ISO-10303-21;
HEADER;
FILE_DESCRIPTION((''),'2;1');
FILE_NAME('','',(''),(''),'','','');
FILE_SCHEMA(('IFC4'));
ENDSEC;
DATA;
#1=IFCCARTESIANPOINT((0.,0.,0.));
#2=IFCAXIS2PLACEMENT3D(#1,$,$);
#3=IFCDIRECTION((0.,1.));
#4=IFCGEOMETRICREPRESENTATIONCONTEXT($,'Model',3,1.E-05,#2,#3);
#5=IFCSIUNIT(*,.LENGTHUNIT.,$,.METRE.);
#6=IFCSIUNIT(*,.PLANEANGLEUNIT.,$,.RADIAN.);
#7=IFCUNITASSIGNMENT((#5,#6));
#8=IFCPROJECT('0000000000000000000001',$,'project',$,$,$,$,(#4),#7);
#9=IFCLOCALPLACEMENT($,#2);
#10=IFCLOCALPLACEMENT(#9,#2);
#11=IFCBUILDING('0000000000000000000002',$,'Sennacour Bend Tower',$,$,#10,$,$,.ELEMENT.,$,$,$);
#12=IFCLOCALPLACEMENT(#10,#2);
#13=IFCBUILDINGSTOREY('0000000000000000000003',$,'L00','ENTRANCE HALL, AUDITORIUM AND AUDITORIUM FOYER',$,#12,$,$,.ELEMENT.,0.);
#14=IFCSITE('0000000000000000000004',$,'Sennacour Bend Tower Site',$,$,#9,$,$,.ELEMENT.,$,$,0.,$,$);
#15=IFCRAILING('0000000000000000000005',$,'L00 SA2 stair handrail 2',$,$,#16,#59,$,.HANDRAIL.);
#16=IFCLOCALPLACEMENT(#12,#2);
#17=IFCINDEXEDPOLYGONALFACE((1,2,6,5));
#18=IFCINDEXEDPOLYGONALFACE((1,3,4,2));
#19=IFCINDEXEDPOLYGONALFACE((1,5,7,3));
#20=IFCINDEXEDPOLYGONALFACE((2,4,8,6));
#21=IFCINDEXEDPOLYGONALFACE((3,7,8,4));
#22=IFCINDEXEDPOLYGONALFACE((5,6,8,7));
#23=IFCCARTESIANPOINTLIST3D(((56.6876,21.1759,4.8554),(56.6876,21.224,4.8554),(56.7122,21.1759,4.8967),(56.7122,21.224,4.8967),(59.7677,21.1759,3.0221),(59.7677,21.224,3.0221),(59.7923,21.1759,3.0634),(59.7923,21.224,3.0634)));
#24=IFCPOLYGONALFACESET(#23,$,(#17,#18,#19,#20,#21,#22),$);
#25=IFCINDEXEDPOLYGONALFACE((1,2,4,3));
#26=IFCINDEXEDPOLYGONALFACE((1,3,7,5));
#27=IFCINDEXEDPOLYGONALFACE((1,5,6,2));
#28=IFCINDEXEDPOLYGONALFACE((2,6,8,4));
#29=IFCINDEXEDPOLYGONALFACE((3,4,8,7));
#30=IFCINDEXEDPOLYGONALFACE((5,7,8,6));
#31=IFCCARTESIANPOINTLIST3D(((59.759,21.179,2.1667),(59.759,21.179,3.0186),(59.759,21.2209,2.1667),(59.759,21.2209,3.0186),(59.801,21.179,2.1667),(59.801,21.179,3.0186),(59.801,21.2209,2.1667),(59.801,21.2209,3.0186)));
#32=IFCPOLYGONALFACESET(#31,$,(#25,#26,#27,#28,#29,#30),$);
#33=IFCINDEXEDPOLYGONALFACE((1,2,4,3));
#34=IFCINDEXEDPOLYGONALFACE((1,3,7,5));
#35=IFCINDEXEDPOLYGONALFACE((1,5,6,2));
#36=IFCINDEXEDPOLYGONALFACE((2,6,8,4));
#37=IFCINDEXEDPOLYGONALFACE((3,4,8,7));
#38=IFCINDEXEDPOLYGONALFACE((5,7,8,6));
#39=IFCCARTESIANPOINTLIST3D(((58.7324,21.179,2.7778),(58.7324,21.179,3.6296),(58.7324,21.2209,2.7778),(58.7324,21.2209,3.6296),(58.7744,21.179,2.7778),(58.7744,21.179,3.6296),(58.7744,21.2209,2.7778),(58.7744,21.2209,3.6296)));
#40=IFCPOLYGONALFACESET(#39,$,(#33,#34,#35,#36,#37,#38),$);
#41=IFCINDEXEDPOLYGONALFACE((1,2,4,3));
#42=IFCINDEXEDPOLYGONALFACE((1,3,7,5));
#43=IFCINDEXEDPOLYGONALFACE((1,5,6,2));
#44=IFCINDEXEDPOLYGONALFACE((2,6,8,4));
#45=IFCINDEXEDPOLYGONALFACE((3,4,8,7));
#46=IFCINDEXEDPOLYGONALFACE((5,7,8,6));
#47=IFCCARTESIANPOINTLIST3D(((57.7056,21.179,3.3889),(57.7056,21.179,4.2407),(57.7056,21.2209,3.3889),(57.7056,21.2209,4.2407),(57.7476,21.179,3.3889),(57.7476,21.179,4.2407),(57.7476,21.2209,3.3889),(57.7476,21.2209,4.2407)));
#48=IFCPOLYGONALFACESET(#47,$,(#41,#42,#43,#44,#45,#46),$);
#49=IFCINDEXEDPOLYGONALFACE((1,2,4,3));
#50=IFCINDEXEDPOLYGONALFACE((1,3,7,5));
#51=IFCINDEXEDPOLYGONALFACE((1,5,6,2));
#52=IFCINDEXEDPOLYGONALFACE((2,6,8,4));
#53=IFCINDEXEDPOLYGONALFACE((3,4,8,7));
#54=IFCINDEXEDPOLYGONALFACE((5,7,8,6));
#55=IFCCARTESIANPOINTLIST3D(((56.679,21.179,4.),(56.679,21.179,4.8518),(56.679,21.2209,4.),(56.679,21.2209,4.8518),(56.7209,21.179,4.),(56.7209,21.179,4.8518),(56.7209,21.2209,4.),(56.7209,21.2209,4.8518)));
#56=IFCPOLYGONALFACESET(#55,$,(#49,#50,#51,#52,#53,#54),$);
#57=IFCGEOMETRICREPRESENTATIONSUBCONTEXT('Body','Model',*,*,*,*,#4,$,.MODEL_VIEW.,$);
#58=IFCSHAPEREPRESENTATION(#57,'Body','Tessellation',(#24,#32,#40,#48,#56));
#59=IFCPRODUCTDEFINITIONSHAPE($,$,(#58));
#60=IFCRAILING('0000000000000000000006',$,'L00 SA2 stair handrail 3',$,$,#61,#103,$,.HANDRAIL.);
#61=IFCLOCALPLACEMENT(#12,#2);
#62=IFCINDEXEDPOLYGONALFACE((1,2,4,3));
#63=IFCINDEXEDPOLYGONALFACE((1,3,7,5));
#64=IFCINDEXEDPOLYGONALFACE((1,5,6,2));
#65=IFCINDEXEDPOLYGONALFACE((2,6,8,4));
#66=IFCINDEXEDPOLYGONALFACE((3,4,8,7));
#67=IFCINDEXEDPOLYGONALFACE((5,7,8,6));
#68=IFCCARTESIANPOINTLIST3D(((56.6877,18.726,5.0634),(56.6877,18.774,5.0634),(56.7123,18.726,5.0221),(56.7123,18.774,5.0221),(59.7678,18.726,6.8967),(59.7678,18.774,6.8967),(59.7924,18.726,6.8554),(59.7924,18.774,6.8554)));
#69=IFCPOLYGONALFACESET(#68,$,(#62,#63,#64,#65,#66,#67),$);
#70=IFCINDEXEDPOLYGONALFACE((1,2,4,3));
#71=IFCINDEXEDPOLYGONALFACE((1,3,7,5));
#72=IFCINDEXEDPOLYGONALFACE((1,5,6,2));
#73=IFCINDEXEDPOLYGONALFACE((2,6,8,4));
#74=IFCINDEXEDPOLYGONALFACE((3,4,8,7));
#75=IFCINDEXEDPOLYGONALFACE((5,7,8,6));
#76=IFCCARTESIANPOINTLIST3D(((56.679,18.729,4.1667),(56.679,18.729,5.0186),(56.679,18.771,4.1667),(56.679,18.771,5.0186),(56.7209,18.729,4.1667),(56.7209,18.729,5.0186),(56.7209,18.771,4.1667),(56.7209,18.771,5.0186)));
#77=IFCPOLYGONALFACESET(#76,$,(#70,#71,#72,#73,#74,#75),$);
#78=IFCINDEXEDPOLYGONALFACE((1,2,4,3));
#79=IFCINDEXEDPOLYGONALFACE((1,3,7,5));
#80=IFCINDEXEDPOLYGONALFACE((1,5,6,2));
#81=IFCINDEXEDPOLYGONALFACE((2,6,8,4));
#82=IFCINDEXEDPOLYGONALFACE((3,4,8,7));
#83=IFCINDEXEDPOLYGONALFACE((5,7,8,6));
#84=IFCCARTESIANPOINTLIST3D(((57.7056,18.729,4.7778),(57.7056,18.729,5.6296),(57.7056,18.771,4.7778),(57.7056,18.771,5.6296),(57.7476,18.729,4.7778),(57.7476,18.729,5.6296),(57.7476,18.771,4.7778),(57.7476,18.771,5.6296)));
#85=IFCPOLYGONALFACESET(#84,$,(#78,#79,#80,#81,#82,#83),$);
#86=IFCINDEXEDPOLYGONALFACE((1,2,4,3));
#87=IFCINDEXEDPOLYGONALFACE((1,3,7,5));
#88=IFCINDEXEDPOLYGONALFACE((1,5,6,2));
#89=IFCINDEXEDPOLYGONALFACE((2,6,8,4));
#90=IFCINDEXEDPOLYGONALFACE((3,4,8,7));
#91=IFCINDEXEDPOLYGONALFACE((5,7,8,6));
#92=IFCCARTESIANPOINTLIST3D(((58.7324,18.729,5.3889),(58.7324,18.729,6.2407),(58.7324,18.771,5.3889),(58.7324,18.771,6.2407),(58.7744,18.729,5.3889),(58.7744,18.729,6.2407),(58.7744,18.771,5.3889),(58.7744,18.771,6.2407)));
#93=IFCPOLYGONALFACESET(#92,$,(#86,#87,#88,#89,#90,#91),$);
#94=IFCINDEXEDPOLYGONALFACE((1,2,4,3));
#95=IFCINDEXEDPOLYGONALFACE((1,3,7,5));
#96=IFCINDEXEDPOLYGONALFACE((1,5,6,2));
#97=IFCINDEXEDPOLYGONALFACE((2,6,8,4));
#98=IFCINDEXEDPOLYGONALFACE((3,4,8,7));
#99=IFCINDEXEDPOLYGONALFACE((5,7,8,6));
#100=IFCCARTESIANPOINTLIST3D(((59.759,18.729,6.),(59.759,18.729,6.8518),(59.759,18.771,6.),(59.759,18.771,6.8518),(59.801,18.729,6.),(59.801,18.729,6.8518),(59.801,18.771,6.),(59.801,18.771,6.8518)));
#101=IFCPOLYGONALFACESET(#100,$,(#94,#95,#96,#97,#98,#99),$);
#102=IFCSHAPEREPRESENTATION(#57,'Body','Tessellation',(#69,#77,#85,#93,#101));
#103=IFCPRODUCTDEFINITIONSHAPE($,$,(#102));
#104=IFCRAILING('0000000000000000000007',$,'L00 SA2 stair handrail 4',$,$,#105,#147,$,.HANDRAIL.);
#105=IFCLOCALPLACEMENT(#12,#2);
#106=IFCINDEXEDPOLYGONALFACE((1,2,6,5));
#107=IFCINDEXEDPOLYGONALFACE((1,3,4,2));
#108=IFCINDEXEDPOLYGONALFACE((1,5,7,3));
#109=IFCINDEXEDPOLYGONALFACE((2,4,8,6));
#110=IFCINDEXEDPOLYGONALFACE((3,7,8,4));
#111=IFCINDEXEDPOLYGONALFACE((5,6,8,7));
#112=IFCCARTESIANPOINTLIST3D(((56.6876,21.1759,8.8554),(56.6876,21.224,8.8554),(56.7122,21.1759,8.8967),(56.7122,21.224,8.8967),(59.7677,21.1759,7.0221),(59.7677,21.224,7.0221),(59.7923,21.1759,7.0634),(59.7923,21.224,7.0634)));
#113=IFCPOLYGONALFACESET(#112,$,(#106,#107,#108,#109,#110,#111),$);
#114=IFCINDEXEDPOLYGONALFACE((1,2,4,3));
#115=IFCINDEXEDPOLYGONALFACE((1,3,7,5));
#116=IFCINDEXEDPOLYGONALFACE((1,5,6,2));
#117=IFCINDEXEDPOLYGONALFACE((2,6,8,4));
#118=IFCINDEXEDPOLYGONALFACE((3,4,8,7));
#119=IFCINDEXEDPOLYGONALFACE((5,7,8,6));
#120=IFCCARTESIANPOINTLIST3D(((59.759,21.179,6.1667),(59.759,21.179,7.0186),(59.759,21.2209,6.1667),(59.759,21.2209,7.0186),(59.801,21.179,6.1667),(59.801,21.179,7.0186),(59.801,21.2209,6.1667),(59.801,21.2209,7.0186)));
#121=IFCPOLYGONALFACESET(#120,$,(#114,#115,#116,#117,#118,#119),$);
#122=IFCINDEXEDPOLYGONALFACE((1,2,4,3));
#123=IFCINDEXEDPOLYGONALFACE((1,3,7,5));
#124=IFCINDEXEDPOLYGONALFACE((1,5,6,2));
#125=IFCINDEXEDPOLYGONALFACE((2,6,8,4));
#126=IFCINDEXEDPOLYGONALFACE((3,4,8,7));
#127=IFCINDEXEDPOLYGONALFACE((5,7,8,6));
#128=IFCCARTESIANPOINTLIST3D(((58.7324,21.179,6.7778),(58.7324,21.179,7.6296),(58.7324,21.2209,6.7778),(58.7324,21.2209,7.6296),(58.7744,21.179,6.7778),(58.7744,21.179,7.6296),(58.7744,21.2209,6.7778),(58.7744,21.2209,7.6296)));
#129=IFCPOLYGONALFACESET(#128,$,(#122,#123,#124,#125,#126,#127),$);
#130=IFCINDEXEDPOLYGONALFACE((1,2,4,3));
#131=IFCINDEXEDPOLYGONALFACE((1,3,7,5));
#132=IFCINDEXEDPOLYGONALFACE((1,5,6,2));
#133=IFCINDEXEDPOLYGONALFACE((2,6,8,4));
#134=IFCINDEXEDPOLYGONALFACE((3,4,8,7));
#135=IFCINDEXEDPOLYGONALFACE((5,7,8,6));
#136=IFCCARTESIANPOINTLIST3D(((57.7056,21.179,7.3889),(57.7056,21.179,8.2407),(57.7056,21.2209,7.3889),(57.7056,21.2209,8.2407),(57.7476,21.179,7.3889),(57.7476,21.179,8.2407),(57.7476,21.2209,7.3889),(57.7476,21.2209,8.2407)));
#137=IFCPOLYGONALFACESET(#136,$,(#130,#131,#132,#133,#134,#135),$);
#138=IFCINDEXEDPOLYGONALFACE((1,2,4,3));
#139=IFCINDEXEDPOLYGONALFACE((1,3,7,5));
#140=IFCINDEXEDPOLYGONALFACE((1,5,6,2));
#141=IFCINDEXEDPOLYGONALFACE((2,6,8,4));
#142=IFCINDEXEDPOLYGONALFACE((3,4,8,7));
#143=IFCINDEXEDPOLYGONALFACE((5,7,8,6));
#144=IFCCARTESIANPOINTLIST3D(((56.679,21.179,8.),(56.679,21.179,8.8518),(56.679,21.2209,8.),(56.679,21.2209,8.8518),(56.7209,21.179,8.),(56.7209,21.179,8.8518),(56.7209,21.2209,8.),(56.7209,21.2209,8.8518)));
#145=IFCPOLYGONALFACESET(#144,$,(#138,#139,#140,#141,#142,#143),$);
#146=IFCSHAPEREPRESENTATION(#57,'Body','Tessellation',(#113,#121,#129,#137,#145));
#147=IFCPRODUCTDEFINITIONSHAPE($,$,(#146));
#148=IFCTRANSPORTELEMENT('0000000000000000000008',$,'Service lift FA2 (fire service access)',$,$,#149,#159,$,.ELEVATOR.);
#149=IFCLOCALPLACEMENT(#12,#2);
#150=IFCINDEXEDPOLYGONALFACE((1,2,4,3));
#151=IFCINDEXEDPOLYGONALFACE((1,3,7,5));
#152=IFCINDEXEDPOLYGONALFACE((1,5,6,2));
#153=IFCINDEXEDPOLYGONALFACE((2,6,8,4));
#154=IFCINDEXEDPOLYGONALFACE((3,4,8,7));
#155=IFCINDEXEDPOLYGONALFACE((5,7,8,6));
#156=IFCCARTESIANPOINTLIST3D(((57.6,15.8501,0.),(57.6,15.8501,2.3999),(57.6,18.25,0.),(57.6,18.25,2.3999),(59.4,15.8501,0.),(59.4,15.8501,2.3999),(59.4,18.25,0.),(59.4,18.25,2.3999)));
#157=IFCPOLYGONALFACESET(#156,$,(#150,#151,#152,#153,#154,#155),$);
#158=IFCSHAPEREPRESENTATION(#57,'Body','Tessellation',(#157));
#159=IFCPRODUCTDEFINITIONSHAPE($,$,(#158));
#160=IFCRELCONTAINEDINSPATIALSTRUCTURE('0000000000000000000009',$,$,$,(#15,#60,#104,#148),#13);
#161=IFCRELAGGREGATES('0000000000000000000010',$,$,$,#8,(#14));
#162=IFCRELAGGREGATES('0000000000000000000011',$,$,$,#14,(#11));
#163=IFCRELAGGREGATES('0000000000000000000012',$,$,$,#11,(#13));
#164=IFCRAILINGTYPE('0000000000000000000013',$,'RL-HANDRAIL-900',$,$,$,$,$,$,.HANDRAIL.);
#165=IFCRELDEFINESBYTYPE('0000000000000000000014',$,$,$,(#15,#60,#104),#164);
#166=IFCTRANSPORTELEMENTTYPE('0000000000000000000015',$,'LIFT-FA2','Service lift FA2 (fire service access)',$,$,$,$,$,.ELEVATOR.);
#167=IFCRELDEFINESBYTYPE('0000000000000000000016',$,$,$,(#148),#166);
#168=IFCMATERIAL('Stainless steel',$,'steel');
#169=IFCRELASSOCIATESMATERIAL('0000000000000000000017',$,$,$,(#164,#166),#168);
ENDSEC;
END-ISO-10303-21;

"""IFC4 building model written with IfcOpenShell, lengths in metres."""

from ifc_helpers import new_model, si_unit, direction, frame, origin, origin_2d, place, context, subcontext, project, spatial, rectangle, extrude, material, type_object, element, save


model = new_model("IFC4")

# Units and contexts
model_context = context("Model", 3, precision=1e-05, world=origin(), true_north=direction((0.0, 1.0)))
body_context = subcontext(model_context, "Body", "Model", "MODEL_VIEW")
ifc_project = project(units=[si_unit("LENGTHUNIT", "METRE"), si_unit("PLANEANGLEUNIT", "RADIAN")], contexts=[model_context])

# Site, building, storey
site_placement = place(None, origin())
site = spatial("IfcSite", under=ifc_project, at=site_placement, Name="Sennacour Bend Tower Site", CompositionType="ELEMENT", RefElevation=0.0)
building_placement = place(site_placement, origin())
building = spatial("IfcBuilding", under=site, at=building_placement, Name="Sennacour Bend Tower", CompositionType="ELEMENT")
storey_placement = place(building_placement, origin())
storey = spatial("IfcBuildingStorey", under=building, at=storey_placement, Name="L00", Description="ENTRANCE HALL, AUDITORIUM AND AUDITORIUM FOYER", CompositionType="ELEMENT", Elevation=0.0)

# Shared definitions
ifc_material_1 = material(Name="Stainless steel", Category="steel")

# Railings
railing_type_1 = type_object("IfcRailingType", Name="RL-HANDRAIL-900", PredefinedType="HANDRAIL", material=ifc_material_1)
railing_1_placement = place(storey_placement, frame((59.78, 21.2, 2.1667)))
element("IfcRailing", 1, at=railing_1_placement, inside=storey, type_object=railing_type_1, Name="L00 SA2 stair handrail 2", PredefinedType="HANDRAIL", context=body_context, shape_type="SweptSolid", body=[
    extrude(rectangle(XDim=0.0481, YDim=0.0481, at=origin_2d()), frame((0.0, 0.0, 0.876), z_axis=(-0.859309, 0.0, 0.511458), x_axis=(0.0, -1.0, 0.0)), (0.0, 0.0, 1.0), 3.5845),
    extrude(rectangle(XDim=0.042, YDim=0.042, at=origin_2d()), origin(), (0.0, 0.0, 1.0), 0.8518),
    extrude(rectangle(XDim=0.042, YDim=0.042, at=origin_2d()), frame((-1.0266, 0.0, 0.6111)), (0.0, 0.0, 1.0), 0.8518),
    extrude(rectangle(XDim=0.042, YDim=0.042, at=origin_2d()), frame((-2.0535, 0.0, 1.2222)), (0.0, 0.0, 1.0), 0.8518),
    extrude(rectangle(XDim=0.042, YDim=0.042, at=origin_2d()), frame((-3.0801, 0.0, 1.8333)), (0.0, 0.0, 1.0), 0.8518),
])
railing_2_placement = place(storey_placement, frame((56.7, 18.75, 4.1667)))
element("IfcRailing", 2, at=railing_2_placement, inside=storey, type_object=railing_type_1, Name="L00 SA2 stair handrail 3", PredefinedType="HANDRAIL", context=body_context, shape_type="SweptSolid", body=[
    extrude(rectangle(XDim=0.0481, YDim=0.0481, at=origin_2d()), frame((0.0, 0.0, 0.876), z_axis=(0.859309, 0.0, 0.511458), x_axis=(0.0, 1.0, 0.0)), (0.0, 0.0, 1.0), 3.5845),
    extrude(rectangle(XDim=0.042, YDim=0.042, at=origin_2d()), origin(), (0.0, 0.0, 1.0), 0.8518),
    extrude(rectangle(XDim=0.042, YDim=0.042, at=origin_2d()), frame((1.0266, 0.0, 0.6111)), (0.0, 0.0, 1.0), 0.8518),
    extrude(rectangle(XDim=0.042, YDim=0.042, at=origin_2d()), frame((2.0535, 0.0, 1.2222)), (0.0, 0.0, 1.0), 0.8518),
    extrude(rectangle(XDim=0.042, YDim=0.042, at=origin_2d()), frame((3.0801, 0.0, 1.8333)), (0.0, 0.0, 1.0), 0.8518),
])
railing_3_placement = place(storey_placement, frame((59.78, 21.2, 6.1667)))
element("IfcRailing", 3, at=railing_3_placement, inside=storey, type_object=railing_type_1, Name="L00 SA2 stair handrail 4", PredefinedType="HANDRAIL", context=body_context, shape_type="SweptSolid", body=[
    extrude(rectangle(XDim=0.0481, YDim=0.0481, at=origin_2d()), frame((0.0, 0.0, 0.876), z_axis=(-0.859309, 0.0, 0.511458), x_axis=(0.0, -1.0, 0.0)), (0.0, 0.0, 1.0), 3.5845),
    extrude(rectangle(XDim=0.042, YDim=0.042, at=origin_2d()), origin(), (0.0, 0.0, 1.0), 0.8518),
    extrude(rectangle(XDim=0.042, YDim=0.042, at=origin_2d()), frame((-1.0266, 0.0, 0.6111)), (0.0, 0.0, 1.0), 0.8518),
    extrude(rectangle(XDim=0.042, YDim=0.042, at=origin_2d()), frame((-2.0535, 0.0, 1.2222)), (0.0, 0.0, 1.0), 0.8518),
    extrude(rectangle(XDim=0.042, YDim=0.042, at=origin_2d()), frame((-3.0801, 0.0, 1.8333)), (0.0, 0.0, 1.0), 0.8518),
])

# Transport element
transport_element_type = type_object("IfcTransportElementType", Name="LIFT-FA2", Description="Service lift FA2 (fire service access)", PredefinedType="ELEVATOR", material=ifc_material_1)
transport_element_placement = place(storey_placement, frame((58.5, 17.05, 0.0), z_axis=(0.0, 0.0, 1.0), x_axis=(1.0, 0.0, 0.0)))
element("IfcTransportElement", 4, at=transport_element_placement, inside=storey, type_object=transport_element_type, Name="Service lift FA2 (fire service access)", PredefinedType="ELEVATOR", context=body_context, shape_type="SweptSolid", body=[
    extrude(rectangle(XDim=1.8, YDim=2.3999, at=origin_2d()), origin(), (0.0, 0.0, 1.0), 2.3999),
])

save(model, "model.ifc")
